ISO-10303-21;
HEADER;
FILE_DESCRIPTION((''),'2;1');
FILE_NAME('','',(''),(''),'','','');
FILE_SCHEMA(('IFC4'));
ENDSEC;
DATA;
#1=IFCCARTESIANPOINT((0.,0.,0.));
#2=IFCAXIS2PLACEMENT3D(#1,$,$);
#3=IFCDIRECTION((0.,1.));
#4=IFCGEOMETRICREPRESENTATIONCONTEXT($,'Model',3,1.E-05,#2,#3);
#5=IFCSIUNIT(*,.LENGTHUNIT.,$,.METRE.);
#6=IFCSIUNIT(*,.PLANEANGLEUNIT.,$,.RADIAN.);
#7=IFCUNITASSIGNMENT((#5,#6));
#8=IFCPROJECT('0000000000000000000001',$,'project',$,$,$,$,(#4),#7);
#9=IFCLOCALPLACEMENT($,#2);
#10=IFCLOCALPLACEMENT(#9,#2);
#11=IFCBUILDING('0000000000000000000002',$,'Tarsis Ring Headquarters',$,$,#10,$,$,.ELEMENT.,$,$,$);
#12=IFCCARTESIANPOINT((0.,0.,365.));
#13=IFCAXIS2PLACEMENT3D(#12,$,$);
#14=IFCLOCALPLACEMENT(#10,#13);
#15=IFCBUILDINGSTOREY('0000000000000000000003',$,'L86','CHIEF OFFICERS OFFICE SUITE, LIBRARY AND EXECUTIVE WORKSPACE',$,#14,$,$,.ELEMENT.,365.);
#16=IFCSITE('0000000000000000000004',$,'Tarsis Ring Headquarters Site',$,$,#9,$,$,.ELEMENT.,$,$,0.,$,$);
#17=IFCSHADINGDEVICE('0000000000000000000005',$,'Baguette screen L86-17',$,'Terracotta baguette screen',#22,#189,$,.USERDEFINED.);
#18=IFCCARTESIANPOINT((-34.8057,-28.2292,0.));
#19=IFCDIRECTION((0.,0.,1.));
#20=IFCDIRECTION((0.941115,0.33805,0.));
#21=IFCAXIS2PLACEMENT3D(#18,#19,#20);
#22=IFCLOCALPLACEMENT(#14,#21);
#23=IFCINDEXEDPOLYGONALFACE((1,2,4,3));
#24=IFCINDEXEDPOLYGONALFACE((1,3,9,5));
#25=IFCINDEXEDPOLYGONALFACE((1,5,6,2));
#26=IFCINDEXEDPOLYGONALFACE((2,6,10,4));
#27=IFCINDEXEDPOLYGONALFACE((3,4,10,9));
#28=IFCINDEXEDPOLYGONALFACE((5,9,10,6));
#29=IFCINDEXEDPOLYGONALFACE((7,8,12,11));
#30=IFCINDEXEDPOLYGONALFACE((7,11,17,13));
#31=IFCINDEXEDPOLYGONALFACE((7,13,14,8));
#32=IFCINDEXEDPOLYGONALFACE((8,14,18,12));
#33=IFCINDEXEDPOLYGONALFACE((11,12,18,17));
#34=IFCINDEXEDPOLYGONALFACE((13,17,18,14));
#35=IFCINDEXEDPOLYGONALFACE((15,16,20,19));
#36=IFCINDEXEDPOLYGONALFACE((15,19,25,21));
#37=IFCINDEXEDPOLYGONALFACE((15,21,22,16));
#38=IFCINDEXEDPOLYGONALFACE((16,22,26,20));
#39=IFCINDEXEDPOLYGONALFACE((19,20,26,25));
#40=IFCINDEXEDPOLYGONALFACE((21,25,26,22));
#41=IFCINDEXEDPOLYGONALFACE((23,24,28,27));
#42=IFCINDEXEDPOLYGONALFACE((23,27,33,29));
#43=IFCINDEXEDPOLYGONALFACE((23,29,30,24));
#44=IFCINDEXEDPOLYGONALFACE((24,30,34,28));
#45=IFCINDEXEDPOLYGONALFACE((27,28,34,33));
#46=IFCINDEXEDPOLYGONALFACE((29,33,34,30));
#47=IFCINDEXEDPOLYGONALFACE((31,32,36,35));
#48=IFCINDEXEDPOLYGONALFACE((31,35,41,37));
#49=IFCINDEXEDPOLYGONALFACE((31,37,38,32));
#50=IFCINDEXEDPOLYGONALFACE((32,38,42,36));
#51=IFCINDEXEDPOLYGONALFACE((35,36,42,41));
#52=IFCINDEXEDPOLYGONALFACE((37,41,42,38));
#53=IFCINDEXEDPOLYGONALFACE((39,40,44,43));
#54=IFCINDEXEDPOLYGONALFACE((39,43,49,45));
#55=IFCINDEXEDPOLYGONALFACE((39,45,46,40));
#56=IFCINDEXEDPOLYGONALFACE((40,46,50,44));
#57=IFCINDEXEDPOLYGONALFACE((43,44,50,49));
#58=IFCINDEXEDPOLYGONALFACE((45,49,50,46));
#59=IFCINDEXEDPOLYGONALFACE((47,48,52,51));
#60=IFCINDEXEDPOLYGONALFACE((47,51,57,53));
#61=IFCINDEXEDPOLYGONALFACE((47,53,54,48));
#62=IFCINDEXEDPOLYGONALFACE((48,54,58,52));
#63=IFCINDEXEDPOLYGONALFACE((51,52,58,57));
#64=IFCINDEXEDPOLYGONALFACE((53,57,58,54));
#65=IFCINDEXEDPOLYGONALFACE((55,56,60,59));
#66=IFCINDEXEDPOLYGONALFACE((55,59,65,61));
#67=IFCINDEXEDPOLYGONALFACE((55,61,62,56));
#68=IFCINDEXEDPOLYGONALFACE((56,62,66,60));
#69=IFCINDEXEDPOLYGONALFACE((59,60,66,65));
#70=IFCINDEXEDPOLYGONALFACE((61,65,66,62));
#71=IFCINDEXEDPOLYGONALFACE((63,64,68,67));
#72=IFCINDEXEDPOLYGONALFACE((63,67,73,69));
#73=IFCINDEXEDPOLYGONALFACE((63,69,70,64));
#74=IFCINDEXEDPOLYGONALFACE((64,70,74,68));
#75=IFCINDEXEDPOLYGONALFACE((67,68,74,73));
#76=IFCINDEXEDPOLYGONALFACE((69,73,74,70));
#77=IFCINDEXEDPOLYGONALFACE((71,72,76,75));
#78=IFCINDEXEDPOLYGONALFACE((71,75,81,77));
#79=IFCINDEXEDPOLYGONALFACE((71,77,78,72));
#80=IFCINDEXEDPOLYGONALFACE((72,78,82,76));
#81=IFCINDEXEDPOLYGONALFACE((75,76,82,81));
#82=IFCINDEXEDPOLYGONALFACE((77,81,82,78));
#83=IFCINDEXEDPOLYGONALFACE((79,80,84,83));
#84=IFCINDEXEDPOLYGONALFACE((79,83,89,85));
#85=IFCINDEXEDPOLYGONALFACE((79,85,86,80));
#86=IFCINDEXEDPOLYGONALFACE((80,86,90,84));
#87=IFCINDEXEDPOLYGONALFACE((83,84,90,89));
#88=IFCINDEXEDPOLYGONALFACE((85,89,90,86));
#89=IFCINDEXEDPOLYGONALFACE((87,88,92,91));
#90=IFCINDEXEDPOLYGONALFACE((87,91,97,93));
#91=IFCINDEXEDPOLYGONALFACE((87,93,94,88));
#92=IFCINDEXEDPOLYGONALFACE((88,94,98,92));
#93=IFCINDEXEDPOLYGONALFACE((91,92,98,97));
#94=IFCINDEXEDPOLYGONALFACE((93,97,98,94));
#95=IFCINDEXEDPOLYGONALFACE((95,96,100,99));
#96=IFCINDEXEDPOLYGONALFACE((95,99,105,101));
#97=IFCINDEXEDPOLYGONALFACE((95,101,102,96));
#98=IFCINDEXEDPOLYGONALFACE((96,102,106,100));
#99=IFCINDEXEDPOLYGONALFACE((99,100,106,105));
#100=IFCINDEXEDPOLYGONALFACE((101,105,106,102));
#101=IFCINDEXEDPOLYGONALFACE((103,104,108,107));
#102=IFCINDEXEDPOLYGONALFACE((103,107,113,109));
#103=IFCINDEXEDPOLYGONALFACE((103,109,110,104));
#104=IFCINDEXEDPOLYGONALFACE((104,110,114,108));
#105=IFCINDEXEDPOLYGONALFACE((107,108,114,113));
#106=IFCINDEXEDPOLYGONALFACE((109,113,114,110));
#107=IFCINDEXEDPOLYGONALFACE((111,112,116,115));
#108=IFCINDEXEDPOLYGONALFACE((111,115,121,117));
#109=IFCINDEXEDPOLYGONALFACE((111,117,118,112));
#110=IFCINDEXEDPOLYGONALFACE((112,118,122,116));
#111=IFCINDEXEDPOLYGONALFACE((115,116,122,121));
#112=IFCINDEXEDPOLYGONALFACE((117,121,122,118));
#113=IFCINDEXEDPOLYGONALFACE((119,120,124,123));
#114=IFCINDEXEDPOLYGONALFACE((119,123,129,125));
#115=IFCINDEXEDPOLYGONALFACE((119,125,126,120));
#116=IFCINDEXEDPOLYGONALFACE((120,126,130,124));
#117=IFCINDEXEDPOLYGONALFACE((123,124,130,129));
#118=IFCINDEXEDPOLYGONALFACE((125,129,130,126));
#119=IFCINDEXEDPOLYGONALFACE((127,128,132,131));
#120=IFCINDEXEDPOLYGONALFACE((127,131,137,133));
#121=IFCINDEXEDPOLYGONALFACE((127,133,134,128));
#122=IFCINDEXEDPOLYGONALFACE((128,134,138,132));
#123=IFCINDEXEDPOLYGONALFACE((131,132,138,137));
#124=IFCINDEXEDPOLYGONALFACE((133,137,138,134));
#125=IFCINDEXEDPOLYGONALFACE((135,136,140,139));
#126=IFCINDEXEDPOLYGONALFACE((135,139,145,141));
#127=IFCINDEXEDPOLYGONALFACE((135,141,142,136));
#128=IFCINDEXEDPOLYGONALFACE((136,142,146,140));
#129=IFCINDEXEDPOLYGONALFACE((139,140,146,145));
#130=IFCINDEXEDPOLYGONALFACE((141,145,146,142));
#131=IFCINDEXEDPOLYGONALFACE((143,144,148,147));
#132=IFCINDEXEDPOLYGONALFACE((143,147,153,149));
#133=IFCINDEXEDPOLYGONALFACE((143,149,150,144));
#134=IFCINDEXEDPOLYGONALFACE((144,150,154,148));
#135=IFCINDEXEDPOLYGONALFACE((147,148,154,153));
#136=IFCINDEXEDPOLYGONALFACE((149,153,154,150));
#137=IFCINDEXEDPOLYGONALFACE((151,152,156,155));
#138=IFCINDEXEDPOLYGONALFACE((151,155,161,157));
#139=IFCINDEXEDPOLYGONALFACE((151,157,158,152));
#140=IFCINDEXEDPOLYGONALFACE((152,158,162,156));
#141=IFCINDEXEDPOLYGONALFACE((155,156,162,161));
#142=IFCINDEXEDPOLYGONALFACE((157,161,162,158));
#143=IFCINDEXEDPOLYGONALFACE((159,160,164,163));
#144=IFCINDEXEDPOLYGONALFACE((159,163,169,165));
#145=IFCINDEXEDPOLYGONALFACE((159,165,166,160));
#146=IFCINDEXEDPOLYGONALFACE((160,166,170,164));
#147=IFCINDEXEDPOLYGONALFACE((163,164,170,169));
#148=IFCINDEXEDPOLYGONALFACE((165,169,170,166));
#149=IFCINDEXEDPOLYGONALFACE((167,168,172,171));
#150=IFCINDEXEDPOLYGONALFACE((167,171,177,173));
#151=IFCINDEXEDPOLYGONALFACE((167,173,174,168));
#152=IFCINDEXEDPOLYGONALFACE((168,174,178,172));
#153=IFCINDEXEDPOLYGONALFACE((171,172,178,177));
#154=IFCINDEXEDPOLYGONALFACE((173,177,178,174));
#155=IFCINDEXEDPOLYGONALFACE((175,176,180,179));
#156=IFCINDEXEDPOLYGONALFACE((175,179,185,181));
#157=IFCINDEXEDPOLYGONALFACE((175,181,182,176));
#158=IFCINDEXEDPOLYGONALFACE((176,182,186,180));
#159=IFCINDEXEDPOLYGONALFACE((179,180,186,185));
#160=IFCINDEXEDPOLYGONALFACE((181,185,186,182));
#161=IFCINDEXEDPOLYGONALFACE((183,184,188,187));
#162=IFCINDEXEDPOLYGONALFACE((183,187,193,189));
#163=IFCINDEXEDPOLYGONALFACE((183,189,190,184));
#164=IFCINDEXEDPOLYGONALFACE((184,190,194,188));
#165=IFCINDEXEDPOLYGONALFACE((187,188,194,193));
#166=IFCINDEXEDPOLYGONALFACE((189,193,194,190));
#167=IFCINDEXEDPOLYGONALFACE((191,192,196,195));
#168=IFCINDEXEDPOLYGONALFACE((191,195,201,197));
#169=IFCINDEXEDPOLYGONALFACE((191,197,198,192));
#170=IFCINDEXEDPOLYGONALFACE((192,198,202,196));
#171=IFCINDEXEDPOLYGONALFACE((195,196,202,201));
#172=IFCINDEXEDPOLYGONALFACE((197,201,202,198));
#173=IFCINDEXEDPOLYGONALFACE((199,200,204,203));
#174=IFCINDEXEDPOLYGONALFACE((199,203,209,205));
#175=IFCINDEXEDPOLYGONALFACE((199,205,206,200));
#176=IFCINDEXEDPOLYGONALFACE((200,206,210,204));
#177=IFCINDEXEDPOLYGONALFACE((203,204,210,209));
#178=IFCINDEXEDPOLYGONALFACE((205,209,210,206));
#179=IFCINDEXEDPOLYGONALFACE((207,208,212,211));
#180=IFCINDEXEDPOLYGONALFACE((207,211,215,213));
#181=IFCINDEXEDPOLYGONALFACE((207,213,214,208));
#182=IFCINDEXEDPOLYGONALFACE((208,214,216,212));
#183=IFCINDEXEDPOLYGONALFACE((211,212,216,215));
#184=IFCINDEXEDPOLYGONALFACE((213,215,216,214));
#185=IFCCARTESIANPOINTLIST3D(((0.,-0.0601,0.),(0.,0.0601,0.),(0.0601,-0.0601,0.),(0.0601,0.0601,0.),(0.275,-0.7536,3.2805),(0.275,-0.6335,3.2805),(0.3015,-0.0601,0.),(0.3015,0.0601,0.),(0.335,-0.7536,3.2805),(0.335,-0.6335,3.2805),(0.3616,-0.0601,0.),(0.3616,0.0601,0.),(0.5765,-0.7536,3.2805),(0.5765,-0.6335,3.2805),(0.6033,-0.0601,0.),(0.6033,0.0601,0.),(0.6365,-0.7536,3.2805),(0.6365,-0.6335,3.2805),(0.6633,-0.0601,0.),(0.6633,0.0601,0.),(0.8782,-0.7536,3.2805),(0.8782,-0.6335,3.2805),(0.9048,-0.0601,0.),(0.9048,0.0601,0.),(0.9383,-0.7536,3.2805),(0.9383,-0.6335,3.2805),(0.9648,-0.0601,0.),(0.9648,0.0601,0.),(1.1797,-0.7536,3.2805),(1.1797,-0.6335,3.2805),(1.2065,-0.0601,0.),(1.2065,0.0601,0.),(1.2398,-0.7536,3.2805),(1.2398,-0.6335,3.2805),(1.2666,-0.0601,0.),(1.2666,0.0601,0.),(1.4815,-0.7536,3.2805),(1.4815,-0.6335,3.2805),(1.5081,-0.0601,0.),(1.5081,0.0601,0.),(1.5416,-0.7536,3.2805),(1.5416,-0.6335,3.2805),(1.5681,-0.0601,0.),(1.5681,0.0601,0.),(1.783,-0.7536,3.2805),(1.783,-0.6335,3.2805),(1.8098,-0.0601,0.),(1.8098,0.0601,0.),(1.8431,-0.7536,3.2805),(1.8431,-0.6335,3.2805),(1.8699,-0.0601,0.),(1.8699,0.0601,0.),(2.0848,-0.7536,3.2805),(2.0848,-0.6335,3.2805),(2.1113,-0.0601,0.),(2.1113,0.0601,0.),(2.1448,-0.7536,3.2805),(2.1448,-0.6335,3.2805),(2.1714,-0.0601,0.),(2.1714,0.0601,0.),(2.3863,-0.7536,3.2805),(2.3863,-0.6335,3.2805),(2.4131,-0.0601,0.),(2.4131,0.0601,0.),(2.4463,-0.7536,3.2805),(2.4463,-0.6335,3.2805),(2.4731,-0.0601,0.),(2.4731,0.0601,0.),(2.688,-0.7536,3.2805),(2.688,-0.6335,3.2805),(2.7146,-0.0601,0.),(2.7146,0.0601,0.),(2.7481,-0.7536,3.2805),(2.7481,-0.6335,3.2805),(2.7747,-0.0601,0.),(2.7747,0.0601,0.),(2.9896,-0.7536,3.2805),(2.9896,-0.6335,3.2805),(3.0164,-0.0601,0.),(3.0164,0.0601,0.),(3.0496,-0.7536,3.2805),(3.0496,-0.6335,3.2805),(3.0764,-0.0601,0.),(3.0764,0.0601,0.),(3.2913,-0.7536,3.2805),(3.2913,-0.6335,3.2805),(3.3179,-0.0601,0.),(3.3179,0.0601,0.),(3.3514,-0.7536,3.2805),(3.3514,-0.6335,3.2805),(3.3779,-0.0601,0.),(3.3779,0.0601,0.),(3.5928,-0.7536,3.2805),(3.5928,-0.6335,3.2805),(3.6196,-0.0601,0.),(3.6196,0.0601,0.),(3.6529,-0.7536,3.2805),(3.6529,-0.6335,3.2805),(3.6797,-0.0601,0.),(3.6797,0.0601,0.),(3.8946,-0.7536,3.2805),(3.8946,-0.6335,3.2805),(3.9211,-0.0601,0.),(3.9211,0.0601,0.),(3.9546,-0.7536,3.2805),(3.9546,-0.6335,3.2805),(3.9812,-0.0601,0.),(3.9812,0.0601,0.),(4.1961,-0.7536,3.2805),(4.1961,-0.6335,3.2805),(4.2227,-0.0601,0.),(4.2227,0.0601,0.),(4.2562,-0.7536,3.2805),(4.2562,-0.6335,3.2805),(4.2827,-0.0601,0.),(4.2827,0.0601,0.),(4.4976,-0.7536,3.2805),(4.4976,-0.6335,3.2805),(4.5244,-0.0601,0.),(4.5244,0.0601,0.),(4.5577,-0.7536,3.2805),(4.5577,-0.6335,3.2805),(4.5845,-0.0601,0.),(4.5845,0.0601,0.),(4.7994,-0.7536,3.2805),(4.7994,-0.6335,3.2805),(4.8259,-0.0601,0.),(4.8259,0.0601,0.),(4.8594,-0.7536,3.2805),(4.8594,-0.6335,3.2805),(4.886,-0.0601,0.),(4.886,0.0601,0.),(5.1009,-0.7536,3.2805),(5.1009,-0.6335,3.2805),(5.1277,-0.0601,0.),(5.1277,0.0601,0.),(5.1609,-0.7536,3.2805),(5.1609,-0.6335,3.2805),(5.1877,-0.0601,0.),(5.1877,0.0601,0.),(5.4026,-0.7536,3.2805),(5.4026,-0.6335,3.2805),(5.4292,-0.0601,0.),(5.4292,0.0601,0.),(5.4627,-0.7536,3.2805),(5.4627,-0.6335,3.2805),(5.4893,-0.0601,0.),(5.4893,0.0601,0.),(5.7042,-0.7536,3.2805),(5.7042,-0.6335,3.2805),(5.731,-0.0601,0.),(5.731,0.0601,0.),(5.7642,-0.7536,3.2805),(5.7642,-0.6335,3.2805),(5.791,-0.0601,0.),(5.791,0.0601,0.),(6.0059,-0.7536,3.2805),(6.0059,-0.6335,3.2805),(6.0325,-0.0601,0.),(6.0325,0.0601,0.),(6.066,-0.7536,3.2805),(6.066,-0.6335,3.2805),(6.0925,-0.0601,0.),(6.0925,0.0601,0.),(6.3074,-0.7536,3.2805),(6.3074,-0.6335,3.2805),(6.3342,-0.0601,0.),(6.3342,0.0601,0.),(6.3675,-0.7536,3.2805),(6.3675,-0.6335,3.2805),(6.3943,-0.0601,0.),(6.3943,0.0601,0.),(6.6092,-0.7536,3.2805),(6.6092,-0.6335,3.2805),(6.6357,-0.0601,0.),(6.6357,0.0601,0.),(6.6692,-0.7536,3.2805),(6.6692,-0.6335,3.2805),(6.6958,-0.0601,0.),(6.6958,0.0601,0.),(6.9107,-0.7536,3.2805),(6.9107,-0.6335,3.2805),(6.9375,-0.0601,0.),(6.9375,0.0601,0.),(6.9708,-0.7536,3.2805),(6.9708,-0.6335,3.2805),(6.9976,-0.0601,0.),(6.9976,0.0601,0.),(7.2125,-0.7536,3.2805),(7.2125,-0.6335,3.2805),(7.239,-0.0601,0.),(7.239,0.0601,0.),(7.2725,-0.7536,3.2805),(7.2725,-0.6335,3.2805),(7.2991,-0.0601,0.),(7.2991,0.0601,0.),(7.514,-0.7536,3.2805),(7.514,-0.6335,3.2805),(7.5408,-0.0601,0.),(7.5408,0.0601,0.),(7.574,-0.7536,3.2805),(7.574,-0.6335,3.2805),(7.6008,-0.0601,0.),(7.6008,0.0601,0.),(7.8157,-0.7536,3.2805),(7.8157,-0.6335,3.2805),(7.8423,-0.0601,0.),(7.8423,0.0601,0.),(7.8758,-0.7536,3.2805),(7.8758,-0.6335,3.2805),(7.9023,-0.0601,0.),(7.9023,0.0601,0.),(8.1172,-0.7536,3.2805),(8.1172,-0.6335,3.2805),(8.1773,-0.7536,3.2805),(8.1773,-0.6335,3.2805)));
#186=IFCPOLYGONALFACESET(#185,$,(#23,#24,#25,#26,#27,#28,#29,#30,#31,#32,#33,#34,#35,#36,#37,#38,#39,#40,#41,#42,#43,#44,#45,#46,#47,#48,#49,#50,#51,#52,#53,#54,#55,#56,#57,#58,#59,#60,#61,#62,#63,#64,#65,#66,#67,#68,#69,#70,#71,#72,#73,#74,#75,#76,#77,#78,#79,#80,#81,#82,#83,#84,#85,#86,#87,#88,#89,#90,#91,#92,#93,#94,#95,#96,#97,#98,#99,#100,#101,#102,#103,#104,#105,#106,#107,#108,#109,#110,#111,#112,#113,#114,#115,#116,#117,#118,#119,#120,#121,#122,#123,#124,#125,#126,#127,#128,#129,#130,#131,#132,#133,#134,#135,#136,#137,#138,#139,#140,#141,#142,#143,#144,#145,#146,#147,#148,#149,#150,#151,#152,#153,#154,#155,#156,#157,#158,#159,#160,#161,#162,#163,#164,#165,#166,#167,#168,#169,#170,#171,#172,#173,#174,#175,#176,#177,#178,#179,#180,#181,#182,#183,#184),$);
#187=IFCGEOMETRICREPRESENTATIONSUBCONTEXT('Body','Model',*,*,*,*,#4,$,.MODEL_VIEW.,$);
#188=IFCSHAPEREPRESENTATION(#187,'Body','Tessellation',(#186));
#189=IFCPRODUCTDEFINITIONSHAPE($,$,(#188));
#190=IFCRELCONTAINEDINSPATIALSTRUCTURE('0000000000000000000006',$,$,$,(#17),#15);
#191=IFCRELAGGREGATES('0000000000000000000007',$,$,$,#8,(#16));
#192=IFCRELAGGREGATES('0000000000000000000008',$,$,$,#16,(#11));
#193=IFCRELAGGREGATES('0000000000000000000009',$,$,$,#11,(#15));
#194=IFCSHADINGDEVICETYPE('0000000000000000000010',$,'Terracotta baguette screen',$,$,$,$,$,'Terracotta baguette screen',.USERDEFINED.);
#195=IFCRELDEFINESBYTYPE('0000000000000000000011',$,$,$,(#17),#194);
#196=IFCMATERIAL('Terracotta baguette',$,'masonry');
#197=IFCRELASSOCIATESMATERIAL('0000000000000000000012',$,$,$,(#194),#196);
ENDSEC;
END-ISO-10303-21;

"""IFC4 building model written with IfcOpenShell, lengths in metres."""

from ifc_helpers import new_model, si_unit, direction, frame, frame_2d, origin, place, context, subcontext, project, spatial, rectangle, composite_profile, extrude, material, type_object, element, save


model = new_model("IFC4")

# Units and contexts
model_context = context("Model", 3, precision=1e-05, world=origin(), true_north=direction((0.0, 1.0)))
body_context = subcontext(model_context, "Body", "Model", "MODEL_VIEW")
ifc_project = project(units=[si_unit("LENGTHUNIT", "METRE"), si_unit("PLANEANGLEUNIT", "RADIAN")], contexts=[model_context])

# Site, building, storey
site_placement = place(None, origin())
site = spatial("IfcSite", under=ifc_project, at=site_placement, Name="Tarsis Ring Headquarters Site", CompositionType="ELEMENT", RefElevation=0.0)
building_placement = place(site_placement, origin())
building = spatial("IfcBuilding", under=site, at=building_placement, Name="Tarsis Ring Headquarters", CompositionType="ELEMENT")
storey_placement = place(building_placement, frame((0.0, 0.0, 365.0)))
storey = spatial("IfcBuildingStorey", under=building, at=storey_placement, Name="L86", Description="CHIEF OFFICERS OFFICE SUITE, LIBRARY AND EXECUTIVE WORKSPACE", CompositionType="ELEMENT", Elevation=365.0)

# Shading device
ifc_material_1 = material(Name="Terracotta baguette", Category="masonry")
shading_device_type_1 = type_object("IfcShadingDeviceType", Name="Terracotta baguette screen", ElementType="Terracotta baguette screen", PredefinedType="USERDEFINED", material=ifc_material_1)
shading_device_1_placement = place(storey_placement, frame((-34.8057, -28.2292, 0.0), z_axis=(0.0, 0.0, 1.0), x_axis=(0.941115, 0.33805, 0.0)))
element("IfcShadingDevice", 1, at=shading_device_1_placement, inside=storey, type_object=shading_device_type_1, Name="Baguette screen L86-17", ObjectType="Terracotta baguette screen", PredefinedType="USERDEFINED", context=body_context, shape_type="SweptSolid", body=[
    extrude(composite_profile([rectangle(XDim=0.0601, YDim=0.1201, at=frame_2d((0.03, 0.0))), rectangle(XDim=0.0601, YDim=0.1201, at=frame_2d((0.3315, 0.0))), rectangle(XDim=0.0601, YDim=0.1201, at=frame_2d((0.6333, 0.0))), rectangle(XDim=0.0601, YDim=0.1201, at=frame_2d((0.9348, 0.0))), rectangle(XDim=0.0601, YDim=0.1201, at=frame_2d((1.2366, 0.0))), rectangle(XDim=0.0601, YDim=0.1201, at=frame_2d((1.5381, 0.0))), rectangle(XDim=0.0601, YDim=0.1201, at=frame_2d((1.8398, 0.0))), rectangle(XDim=0.0601, YDim=0.1201, at=frame_2d((2.1414, 0.0))), rectangle(XDim=0.0601, YDim=0.1201, at=frame_2d((2.4431, 0.0))), rectangle(XDim=0.0601, YDim=0.1201, at=frame_2d((2.7446, 0.0))), rectangle(XDim=0.0601, YDim=0.1201, at=frame_2d((3.0464, 0.0))), rectangle(XDim=0.0601, YDim=0.1201, at=frame_2d((3.3479, 0.0))), rectangle(XDim=0.0601, YDim=0.1201, at=frame_2d((3.6497, 0.0))), rectangle(XDim=0.0601, YDim=0.1201, at=frame_2d((3.9512, 0.0))), rectangle(XDim=0.0601, YDim=0.1201, at=frame_2d((4.2527, 0.0))), rectangle(XDim=0.0601, YDim=0.1201, at=frame_2d((4.5544, 0.0))), rectangle(XDim=0.0601, YDim=0.1201, at=frame_2d((4.856, 0.0))), rectangle(XDim=0.0601, YDim=0.1201, at=frame_2d((5.1577, 0.0))), rectangle(XDim=0.0601, YDim=0.1201, at=frame_2d((5.4592, 0.0))), rectangle(XDim=0.0601, YDim=0.1201, at=frame_2d((5.761, 0.0))), rectangle(XDim=0.0601, YDim=0.1201, at=frame_2d((6.0625, 0.0))), rectangle(XDim=0.0601, YDim=0.1201, at=frame_2d((6.3643, 0.0))), rectangle(XDim=0.0601, YDim=0.1201, at=frame_2d((6.6658, 0.0))), rectangle(XDim=0.0601, YDim=0.1201, at=frame_2d((6.9675, 0.0))), rectangle(XDim=0.0601, YDim=0.1201, at=frame_2d((7.269, 0.0))), rectangle(XDim=0.0601, YDim=0.1201, at=frame_2d((7.5708, 0.0))), rectangle(XDim=0.0601, YDim=0.1201, at=frame_2d((7.8723, 0.0)))]), origin(), (0.081729, -0.206163, 0.975098), 3.3643),
])

save(model, "model.ifc")
